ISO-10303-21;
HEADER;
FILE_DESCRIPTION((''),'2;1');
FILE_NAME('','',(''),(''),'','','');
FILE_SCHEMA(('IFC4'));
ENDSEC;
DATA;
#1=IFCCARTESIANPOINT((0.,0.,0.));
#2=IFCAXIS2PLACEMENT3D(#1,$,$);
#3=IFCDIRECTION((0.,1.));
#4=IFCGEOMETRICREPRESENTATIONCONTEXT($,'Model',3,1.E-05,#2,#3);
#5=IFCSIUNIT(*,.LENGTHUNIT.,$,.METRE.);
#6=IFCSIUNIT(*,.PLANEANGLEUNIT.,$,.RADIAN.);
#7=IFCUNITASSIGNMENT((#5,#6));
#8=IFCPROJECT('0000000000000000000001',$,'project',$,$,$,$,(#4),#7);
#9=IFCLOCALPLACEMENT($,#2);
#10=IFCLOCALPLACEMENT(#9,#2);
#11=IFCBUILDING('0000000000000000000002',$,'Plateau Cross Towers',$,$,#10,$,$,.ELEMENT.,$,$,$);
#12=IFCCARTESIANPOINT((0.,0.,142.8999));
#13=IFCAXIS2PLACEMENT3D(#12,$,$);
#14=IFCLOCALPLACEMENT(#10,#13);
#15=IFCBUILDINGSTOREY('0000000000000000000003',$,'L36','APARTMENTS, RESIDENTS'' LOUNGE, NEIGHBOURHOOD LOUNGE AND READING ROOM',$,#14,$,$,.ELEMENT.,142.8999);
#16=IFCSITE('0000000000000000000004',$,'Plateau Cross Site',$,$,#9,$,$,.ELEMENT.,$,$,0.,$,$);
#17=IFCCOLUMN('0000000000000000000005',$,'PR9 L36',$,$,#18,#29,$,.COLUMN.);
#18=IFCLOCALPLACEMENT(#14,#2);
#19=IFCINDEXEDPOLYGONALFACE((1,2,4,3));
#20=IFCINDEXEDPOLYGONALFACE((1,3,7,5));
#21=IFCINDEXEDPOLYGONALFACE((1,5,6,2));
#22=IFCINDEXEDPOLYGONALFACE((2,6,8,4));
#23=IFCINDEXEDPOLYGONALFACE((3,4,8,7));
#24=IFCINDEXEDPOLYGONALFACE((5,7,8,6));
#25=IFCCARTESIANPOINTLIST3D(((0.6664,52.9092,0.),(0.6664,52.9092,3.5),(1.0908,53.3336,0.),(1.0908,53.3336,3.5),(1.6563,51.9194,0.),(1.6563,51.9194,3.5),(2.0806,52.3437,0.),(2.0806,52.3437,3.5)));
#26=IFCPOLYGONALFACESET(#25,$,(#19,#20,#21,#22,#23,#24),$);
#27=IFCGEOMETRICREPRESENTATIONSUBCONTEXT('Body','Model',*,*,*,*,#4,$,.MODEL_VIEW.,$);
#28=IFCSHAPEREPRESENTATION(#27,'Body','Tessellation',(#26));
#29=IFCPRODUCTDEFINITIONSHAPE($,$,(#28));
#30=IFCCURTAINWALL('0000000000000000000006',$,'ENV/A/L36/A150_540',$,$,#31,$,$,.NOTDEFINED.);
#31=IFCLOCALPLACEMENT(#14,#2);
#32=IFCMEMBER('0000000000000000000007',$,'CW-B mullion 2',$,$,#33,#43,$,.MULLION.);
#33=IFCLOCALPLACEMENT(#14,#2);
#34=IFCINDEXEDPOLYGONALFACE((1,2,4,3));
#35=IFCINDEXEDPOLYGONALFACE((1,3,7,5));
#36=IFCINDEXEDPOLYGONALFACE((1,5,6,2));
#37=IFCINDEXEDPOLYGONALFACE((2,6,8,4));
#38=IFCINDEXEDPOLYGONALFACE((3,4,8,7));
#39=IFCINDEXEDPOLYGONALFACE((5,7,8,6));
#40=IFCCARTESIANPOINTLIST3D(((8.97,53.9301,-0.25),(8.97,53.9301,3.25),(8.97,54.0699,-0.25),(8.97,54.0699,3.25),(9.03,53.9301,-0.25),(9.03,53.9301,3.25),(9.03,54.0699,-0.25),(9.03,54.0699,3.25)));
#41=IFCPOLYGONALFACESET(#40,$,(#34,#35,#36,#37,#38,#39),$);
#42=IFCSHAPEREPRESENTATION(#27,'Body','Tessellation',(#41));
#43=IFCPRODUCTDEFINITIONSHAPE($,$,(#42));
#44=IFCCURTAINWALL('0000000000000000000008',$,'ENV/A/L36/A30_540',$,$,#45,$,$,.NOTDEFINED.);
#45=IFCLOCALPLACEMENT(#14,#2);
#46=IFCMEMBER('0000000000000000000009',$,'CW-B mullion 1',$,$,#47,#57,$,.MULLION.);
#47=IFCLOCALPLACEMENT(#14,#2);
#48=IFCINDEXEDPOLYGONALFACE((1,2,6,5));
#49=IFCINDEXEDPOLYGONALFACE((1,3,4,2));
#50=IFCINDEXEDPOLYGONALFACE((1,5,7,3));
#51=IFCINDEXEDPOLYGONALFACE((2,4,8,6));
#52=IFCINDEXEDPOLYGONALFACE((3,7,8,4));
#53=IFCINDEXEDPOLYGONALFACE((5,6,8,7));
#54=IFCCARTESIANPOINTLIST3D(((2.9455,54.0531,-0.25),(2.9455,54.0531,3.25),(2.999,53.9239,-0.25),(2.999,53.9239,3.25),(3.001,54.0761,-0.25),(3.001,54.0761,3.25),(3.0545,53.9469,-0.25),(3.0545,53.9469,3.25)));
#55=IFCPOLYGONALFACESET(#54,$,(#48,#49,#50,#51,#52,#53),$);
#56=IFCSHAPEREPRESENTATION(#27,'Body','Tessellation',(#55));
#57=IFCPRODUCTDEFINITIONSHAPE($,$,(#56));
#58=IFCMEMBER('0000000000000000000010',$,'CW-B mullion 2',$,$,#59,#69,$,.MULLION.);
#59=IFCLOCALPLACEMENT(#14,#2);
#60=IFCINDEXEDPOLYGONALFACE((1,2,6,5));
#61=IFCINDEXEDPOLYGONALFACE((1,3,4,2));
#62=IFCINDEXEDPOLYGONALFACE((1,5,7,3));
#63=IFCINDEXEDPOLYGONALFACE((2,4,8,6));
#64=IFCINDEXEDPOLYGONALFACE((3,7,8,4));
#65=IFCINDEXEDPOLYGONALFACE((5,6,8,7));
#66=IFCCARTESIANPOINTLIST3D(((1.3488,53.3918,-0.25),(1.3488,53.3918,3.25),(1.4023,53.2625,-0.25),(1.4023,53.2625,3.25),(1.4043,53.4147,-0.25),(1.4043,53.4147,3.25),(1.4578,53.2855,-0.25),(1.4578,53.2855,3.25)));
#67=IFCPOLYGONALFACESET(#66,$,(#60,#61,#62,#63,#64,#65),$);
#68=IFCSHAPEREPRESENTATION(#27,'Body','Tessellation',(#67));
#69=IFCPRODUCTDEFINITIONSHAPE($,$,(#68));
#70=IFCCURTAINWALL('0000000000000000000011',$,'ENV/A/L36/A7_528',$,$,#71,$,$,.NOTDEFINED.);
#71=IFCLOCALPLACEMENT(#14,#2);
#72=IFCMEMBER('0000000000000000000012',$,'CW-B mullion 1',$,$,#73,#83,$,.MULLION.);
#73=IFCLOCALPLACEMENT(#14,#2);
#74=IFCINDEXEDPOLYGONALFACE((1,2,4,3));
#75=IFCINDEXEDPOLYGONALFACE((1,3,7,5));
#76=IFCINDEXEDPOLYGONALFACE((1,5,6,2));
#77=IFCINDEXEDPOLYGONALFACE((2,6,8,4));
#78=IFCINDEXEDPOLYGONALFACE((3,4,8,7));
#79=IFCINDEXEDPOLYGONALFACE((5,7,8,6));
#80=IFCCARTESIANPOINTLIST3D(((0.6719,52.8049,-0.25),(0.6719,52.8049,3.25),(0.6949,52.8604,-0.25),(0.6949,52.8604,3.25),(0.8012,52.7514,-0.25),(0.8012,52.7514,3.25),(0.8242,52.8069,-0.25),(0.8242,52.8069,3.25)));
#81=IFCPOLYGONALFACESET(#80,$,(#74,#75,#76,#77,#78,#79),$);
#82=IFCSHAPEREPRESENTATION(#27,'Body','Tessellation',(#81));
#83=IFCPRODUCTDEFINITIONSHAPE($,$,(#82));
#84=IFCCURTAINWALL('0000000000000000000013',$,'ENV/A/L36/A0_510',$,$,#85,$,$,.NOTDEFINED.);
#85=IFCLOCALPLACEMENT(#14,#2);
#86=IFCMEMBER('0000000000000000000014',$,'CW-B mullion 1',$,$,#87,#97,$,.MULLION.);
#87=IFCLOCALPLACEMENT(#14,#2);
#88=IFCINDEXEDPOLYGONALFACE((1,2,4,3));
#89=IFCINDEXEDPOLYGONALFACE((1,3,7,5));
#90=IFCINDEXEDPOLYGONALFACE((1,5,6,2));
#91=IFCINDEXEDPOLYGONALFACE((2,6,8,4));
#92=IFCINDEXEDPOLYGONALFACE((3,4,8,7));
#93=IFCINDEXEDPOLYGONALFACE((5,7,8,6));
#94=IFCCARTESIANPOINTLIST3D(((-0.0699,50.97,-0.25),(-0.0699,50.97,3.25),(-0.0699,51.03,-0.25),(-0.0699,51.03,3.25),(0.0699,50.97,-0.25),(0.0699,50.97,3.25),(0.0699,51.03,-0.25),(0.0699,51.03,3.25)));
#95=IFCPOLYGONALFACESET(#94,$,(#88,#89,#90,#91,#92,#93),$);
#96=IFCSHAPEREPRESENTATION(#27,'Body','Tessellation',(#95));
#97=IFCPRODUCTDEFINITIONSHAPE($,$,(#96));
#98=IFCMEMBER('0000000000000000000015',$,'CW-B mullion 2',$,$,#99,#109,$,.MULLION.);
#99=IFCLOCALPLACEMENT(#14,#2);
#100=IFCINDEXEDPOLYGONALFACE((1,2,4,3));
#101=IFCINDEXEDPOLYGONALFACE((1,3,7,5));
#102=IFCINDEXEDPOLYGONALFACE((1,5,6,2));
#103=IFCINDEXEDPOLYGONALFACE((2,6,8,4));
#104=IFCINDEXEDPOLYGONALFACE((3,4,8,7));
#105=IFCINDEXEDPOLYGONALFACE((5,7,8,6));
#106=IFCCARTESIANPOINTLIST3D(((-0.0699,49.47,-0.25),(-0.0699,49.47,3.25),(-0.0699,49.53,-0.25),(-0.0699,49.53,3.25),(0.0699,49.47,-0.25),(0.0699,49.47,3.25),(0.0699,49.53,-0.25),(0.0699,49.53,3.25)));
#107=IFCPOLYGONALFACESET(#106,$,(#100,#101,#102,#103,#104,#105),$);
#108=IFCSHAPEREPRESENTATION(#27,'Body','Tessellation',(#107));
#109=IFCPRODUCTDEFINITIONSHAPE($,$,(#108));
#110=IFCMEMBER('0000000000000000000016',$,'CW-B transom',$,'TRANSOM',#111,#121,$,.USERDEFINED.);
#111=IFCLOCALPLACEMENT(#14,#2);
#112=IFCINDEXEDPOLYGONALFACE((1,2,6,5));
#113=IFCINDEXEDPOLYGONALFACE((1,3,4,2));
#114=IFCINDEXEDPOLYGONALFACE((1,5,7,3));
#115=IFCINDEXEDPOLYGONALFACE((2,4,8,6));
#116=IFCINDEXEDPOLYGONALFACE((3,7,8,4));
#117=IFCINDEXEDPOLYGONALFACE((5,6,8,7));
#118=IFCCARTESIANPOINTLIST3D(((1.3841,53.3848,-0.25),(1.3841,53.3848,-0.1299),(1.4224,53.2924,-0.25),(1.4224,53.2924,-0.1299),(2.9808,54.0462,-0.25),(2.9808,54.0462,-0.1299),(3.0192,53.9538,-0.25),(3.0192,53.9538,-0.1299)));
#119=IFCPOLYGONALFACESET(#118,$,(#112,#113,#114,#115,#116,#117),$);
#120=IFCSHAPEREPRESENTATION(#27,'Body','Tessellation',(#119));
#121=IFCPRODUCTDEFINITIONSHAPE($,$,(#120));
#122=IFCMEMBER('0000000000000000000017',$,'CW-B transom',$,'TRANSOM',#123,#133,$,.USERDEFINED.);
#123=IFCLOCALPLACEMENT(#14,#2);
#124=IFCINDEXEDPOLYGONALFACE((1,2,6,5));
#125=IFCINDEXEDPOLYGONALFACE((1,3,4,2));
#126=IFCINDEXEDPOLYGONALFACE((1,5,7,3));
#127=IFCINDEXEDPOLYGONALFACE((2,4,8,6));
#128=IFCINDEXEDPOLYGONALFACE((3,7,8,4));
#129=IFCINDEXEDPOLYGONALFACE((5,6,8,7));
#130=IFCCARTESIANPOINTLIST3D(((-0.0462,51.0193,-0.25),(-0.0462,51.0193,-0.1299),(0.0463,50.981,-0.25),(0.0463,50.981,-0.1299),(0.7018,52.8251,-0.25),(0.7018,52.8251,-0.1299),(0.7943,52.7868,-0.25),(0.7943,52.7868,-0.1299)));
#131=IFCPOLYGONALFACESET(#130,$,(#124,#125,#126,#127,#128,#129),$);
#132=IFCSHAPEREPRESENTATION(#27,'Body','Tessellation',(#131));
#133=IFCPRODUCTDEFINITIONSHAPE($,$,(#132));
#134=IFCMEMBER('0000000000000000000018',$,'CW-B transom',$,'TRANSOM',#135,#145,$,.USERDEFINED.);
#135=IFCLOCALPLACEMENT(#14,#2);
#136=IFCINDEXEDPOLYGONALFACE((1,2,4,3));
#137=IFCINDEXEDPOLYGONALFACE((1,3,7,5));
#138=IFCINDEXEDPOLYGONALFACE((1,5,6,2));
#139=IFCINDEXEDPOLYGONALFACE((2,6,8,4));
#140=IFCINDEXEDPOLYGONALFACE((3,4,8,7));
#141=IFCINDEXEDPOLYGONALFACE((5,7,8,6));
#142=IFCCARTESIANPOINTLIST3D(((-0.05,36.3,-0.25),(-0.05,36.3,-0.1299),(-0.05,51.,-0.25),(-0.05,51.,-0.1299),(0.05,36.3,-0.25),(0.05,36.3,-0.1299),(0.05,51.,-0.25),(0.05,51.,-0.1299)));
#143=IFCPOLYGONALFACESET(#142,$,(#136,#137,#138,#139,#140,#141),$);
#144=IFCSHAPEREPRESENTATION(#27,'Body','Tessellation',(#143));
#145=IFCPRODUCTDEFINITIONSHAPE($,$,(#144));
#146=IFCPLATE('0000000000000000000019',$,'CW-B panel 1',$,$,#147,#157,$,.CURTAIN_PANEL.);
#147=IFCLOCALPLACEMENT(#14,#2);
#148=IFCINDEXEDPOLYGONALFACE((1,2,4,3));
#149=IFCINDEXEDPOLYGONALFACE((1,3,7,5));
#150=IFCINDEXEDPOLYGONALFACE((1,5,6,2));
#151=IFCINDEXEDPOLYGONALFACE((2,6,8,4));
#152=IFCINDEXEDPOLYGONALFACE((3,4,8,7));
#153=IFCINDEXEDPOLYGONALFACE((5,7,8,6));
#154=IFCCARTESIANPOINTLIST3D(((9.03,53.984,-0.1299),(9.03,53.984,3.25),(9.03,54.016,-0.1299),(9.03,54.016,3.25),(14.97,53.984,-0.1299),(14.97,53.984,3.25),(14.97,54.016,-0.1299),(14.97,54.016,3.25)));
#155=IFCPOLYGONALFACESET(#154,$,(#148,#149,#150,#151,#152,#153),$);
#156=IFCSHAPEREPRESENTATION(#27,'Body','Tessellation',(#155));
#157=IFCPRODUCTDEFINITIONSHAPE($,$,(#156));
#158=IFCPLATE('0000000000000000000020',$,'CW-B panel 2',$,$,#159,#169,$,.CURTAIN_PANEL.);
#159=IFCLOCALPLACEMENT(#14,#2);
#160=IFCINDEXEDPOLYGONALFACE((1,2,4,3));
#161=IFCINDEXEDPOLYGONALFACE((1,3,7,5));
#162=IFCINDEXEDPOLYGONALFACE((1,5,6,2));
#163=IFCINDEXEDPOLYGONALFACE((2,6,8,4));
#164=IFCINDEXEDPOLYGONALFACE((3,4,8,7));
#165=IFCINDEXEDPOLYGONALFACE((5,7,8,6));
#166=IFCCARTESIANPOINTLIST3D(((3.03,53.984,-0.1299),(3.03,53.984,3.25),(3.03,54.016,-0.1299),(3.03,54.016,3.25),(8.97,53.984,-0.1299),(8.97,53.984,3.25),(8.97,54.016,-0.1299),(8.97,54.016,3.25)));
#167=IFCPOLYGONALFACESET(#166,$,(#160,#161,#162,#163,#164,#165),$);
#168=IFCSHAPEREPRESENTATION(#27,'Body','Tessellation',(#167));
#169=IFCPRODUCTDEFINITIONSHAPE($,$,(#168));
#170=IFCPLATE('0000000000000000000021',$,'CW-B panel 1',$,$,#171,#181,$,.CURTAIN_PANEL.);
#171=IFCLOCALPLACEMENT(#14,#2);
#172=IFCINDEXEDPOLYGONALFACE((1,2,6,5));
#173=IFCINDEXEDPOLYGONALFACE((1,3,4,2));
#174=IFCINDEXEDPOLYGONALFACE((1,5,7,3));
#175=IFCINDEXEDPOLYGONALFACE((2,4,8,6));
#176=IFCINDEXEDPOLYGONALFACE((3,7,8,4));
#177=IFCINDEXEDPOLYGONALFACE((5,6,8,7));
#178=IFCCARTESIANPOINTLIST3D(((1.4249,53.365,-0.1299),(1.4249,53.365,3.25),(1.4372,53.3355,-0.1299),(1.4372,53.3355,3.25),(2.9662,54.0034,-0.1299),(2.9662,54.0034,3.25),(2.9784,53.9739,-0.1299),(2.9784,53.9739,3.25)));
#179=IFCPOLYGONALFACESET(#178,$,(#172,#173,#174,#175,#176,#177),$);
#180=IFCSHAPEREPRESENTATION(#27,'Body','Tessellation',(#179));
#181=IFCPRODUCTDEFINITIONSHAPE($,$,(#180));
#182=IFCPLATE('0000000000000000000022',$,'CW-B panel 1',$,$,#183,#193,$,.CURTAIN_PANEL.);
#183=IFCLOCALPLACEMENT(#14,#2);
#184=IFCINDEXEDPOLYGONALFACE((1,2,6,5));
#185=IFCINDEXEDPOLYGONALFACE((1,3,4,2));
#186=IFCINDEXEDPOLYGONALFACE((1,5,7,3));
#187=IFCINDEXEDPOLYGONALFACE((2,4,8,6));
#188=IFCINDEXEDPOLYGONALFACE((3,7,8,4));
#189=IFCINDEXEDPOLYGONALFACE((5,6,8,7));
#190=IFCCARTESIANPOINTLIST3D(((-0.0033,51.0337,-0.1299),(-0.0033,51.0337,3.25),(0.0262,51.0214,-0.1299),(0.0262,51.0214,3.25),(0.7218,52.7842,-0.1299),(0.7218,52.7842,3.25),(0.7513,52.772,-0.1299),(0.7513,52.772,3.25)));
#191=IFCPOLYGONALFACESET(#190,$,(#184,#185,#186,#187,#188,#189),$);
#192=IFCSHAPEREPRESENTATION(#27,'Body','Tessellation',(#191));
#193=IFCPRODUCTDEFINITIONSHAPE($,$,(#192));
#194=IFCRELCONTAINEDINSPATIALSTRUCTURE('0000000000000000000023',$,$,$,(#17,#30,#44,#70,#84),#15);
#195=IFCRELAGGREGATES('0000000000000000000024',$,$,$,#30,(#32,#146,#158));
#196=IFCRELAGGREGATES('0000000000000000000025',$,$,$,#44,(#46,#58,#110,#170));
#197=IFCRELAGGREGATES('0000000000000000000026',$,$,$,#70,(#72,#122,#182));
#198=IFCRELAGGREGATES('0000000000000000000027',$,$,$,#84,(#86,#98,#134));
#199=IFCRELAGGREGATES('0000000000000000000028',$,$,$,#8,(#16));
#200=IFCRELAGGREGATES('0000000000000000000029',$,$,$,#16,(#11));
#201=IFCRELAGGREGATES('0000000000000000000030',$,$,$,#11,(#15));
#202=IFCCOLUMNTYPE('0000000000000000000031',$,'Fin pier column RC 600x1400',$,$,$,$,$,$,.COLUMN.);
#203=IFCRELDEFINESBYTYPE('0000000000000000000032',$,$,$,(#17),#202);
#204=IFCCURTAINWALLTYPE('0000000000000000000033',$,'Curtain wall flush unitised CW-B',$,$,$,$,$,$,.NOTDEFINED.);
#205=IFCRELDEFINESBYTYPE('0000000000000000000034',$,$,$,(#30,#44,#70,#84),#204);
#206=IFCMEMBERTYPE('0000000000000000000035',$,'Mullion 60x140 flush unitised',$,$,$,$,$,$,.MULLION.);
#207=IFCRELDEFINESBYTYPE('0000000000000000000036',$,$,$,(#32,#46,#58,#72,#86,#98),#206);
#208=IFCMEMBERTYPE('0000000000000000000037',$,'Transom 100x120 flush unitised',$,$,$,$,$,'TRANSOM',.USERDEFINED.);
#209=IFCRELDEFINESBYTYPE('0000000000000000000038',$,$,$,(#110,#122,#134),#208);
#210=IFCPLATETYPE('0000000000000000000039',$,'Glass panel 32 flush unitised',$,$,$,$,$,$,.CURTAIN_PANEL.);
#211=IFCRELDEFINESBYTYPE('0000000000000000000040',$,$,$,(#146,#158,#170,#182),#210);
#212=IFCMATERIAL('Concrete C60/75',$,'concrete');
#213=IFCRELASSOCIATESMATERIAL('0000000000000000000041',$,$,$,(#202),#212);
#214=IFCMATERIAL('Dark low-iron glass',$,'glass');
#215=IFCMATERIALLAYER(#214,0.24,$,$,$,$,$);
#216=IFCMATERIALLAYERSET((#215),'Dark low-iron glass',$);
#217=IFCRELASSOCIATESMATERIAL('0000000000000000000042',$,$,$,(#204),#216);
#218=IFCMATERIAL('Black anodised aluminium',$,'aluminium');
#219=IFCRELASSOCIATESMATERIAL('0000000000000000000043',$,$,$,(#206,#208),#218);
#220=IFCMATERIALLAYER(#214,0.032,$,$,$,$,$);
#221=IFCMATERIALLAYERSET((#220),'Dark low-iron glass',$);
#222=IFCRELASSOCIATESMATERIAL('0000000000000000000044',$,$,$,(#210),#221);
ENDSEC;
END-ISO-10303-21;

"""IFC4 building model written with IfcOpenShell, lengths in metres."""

from ifc_helpers import new_model, si_unit, direction, frame, origin, origin_2d, place, context, subcontext, project, spatial, rectangle, extrude, material, layer, layer_set, material_profile, profile_set, type_object, element, aggregate, save


model = new_model("IFC4")

# Units and contexts
model_context = context("Model", 3, precision=1e-05, world=origin(), true_north=direction((0.0, 1.0)))
body_context = subcontext(model_context, "Body", "Model", "MODEL_VIEW")
ifc_project = project(units=[si_unit("LENGTHUNIT", "METRE"), si_unit("PLANEANGLEUNIT", "RADIAN")], contexts=[model_context])

# Site, building, storey
site_placement = place(None, origin())
site = spatial("IfcSite", under=ifc_project, at=site_placement, Name="Plateau Cross Site", CompositionType="ELEMENT", RefElevation=0.0)
building_placement = place(site_placement, origin())
building = spatial("IfcBuilding", under=site, at=building_placement, Name="Plateau Cross Towers", CompositionType="ELEMENT")
storey_placement = place(building_placement, frame((0.0, 0.0, 142.8999)))
storey = spatial("IfcBuildingStorey", under=building, at=storey_placement, Name="L36", Description="APARTMENTS, RESIDENTS' LOUNGE, NEIGHBOURHOOD LOUNGE AND READING ROOM", CompositionType="ELEMENT", Elevation=142.8999)

# Column
ifc_material_1 = material(Name="Concrete C60/75", Category="concrete")
ifc_material_profile_1 = material_profile(ifc_material_1, rectangle(XDim=0.6001, YDim=1.3999, at=origin_2d()), Name="RC 600x1400")
ifc_profile_set_1 = profile_set([ifc_material_profile_1], Name="Concrete C60/75")
column_type = type_object("IfcColumnType", Name="Fin pier column RC 600x1400", PredefinedType="COLUMN", material=ifc_profile_set_1)
column_placement = place(storey_placement, frame((1.3735, 52.6265, 0.0), z_axis=(0.0, 0.0, 1.0), x_axis=(0.707107, 0.707107, 0.0)))
element("IfcColumn", 1, at=column_placement, inside=storey, type_object=column_type, Name="PR9 L36", PredefinedType="COLUMN", context=body_context, shape_type="SweptSolid", body=[
    extrude(rectangle(XDim=0.6001, YDim=1.3999, at=origin_2d()), origin(), (0.0, 0.0, 1.0), 3.5),
])

# Curtain wall, member
ifc_material_2 = material(Name="Dark low-iron glass", Category="glass")
ifc_layer_1 = layer(ifc_material_2, 0.24)
ifc_layer_set_1 = layer_set([ifc_layer_1], Name="Dark low-iron glass")
curtain_wall_type = type_object("IfcCurtainWallType", Name="Curtain wall flush unitised CW-B", PredefinedType="NOTDEFINED", material=ifc_layer_set_1)
curtain_wall_1_placement = place(storey_placement, origin())
curtain_wall_1 = element("IfcCurtainWall", 2, at=curtain_wall_1_placement, inside=storey, type_object=curtain_wall_type, Name="ENV/A/L36/A150_540", PredefinedType="NOTDEFINED")
ifc_material_3 = material(Name="Black anodised aluminium", Category="aluminium")
ifc_material_profile_2 = material_profile(ifc_material_3, rectangle(XDim=0.0601, YDim=0.1399, at=origin_2d()), Name="MULLION 60x140")
ifc_profile_set_2 = profile_set([ifc_material_profile_2], Name="Black anodised aluminium")
member_type_1 = type_object("IfcMemberType", Name="Mullion 60x140 flush unitised", PredefinedType="MULLION", material=ifc_profile_set_2)
member_1_placement = place(storey_placement, frame((9.0, 54.0, -0.25), z_axis=(0.0, 0.0, 1.0), x_axis=(-1.0, 0.0, 0.0)))
member_1 = element("IfcMember", 3, at=member_1_placement, type_object=member_type_1, Name="CW-B mullion 2", PredefinedType="MULLION", context=body_context, shape_type="SweptSolid", body=[
    extrude(rectangle(XDim=0.0601, YDim=0.1399, at=origin_2d()), origin(), (0.0, 0.0, 1.0), 3.5),
])

# Curtain wall, members
curtain_wall_2_placement = place(storey_placement, origin())
curtain_wall_2 = element("IfcCurtainWall", 4, at=curtain_wall_2_placement, inside=storey, type_object=curtain_wall_type, Name="ENV/A/L36/A30_540", PredefinedType="NOTDEFINED")
member_2_placement = place(storey_placement, frame((3.0, 54.0, -0.25), z_axis=(0.0, 0.0, 1.0), x_axis=(-0.923879, -0.382684, 0.0)))
member_2 = element("IfcMember", 5, at=member_2_placement, type_object=member_type_1, Name="CW-B mullion 1", PredefinedType="MULLION", context=body_context, shape_type="SweptSolid", body=[
    extrude(rectangle(XDim=0.0601, YDim=0.1399, at=origin_2d()), origin(), (0.0, 0.0, 1.0), 3.5),
])
member_3_placement = place(storey_placement, frame((1.4033, 53.3386, -0.25), z_axis=(0.0, 0.0, 1.0), x_axis=(-0.923879, -0.382684, 0.0)))
member_3 = element("IfcMember", 6, at=member_3_placement, type_object=member_type_1, Name="CW-B mullion 2", PredefinedType="MULLION", context=body_context, shape_type="SweptSolid", body=[
    extrude(rectangle(XDim=0.0601, YDim=0.1399, at=origin_2d()), origin(), (0.0, 0.0, 1.0), 3.5),
])

# Curtain wall, member
curtain_wall_3_placement = place(storey_placement, origin())
curtain_wall_3 = element("IfcCurtainWall", 7, at=curtain_wall_3_placement, inside=storey, type_object=curtain_wall_type, Name="ENV/A/L36/A7_528", PredefinedType="NOTDEFINED")
member_4_placement = place(storey_placement, frame((0.748, 52.8059, -0.25), z_axis=(0.0, 0.0, 1.0), x_axis=(-0.382684, -0.923879, 0.0)))
member_4 = element("IfcMember", 8, at=member_4_placement, type_object=member_type_1, Name="CW-B mullion 1", PredefinedType="MULLION", context=body_context, shape_type="SweptSolid", body=[
    extrude(rectangle(XDim=0.0601, YDim=0.1399, at=origin_2d()), origin(), (0.0, 0.0, 1.0), 3.5),
])

# Curtain wall, members
curtain_wall_4_placement = place(storey_placement, origin())
curtain_wall_4 = element("IfcCurtainWall", 9, at=curtain_wall_4_placement, inside=storey, type_object=curtain_wall_type, Name="ENV/A/L36/A0_510", PredefinedType="NOTDEFINED")
member_5_placement = place(storey_placement, frame((0.0, 51.0, -0.25), z_axis=(0.0, 0.0, 1.0), x_axis=(0.0, -1.0, 0.0)))
member_5 = element("IfcMember", 10, at=member_5_placement, type_object=member_type_1, Name="CW-B mullion 1", PredefinedType="MULLION", context=body_context, shape_type="SweptSolid", body=[
    extrude(rectangle(XDim=0.0601, YDim=0.1399, at=origin_2d()), origin(), (0.0, 0.0, 1.0), 3.5),
])
member_6_placement = place(storey_placement, frame((0.0, 49.5, -0.25), z_axis=(0.0, 0.0, 1.0), x_axis=(0.0, -1.0, 0.0)))
member_6 = element("IfcMember", 11, at=member_6_placement, type_object=member_type_1, Name="CW-B mullion 2", PredefinedType="MULLION", context=body_context, shape_type="SweptSolid", body=[
    extrude(rectangle(XDim=0.0601, YDim=0.1399, at=origin_2d()), origin(), (0.0, 0.0, 1.0), 3.5),
])

# Members
ifc_material_profile_3 = material_profile(ifc_material_3, rectangle(XDim=0.1001, YDim=0.1201, at=origin_2d()), Name="TRANSOM 100x120")
ifc_profile_set_3 = profile_set([ifc_material_profile_3], Name="Black anodised aluminium")
member_type_2 = type_object("IfcMemberType", Name="Transom 100x120 flush unitised", ElementType="TRANSOM", PredefinedType="USERDEFINED", material=ifc_profile_set_3)
member_7_placement = place(storey_placement, frame((3.0, 54.0, -0.1899), z_axis=(-0.923877, -0.382689, 0.0), x_axis=(0.382689, -0.923877, 0.0)))
member_7 = element("IfcMember", 12, at=member_7_placement, type_object=member_type_2, Name="CW-B transom", ObjectType="TRANSOM", PredefinedType="USERDEFINED", context=body_context, shape_type="SweptSolid", body=[
    extrude(rectangle(XDim=0.1001, YDim=0.1201, at=origin_2d()), origin(), (0.0, 0.0, 1.0), 1.7283),
])
member_8_placement = place(storey_placement, frame((0.748, 52.8059, -0.1899), z_axis=(-0.38269, -0.923877, 0.0), x_axis=(0.923877, -0.38269, 0.0)))
member_8 = element("IfcMember", 13, at=member_8_placement, type_object=member_type_2, Name="CW-B transom", ObjectType="TRANSOM", PredefinedType="USERDEFINED", context=body_context, shape_type="SweptSolid", body=[
    extrude(rectangle(XDim=0.1001, YDim=0.1201, at=origin_2d()), origin(), (0.0, 0.0, 1.0), 1.9546),
])
member_9_placement = place(storey_placement, frame((0.0, 51.0, -0.1899), z_axis=(0.0, -1.0, 0.0), x_axis=(1.0, 0.0, 0.0)))
member_9 = element("IfcMember", 14, at=member_9_placement, type_object=member_type_2, Name="CW-B transom", ObjectType="TRANSOM", PredefinedType="USERDEFINED", context=body_context, shape_type="SweptSolid", body=[
    extrude(rectangle(XDim=0.1001, YDim=0.1201, at=origin_2d()), origin(), (0.0, 0.0, 1.0), 14.7),
])

# Plates
ifc_layer_2 = layer(ifc_material_2, 0.032)
ifc_layer_set_2 = layer_set([ifc_layer_2], Name="Dark low-iron glass")
plate_type = type_object("IfcPlateType", Name="Glass panel 32 flush unitised", PredefinedType="CURTAIN_PANEL", material=ifc_layer_set_2)
plate_1_placement = place(storey_placement, frame((12.0, 54.0, -0.1299), z_axis=(0.0, 0.0, 1.0), x_axis=(-1.0, 0.0, 0.0)))
plate_1 = element("IfcPlate", 15, at=plate_1_placement, type_object=plate_type, Name="CW-B panel 1", PredefinedType="CURTAIN_PANEL", context=body_context, shape_type="SweptSolid", body=[
    extrude(rectangle(XDim=5.9399, YDim=0.032, at=origin_2d()), origin(), (0.0, 0.0, 1.0), 3.3799),
])
plate_2_placement = place(storey_placement, frame((6.0, 54.0, -0.1299), z_axis=(0.0, 0.0, 1.0), x_axis=(-1.0, 0.0, 0.0)))
plate_2 = element("IfcPlate", 16, at=plate_2_placement, type_object=plate_type, Name="CW-B panel 2", PredefinedType="CURTAIN_PANEL", context=body_context, shape_type="SweptSolid", body=[
    extrude(rectangle(XDim=5.9399, YDim=0.032, at=origin_2d()), origin(), (0.0, 0.0, 1.0), 3.3799),
])
aggregate(curtain_wall_1, [member_1, plate_1, plate_2])
plate_3_placement = place(storey_placement, frame((2.2017, 53.6694, -0.1299), z_axis=(0.0, 0.0, 1.0), x_axis=(-0.923879, -0.382684, 0.0)))
plate_3 = element("IfcPlate", 17, at=plate_3_placement, type_object=plate_type, Name="CW-B panel 1", PredefinedType="CURTAIN_PANEL", context=body_context, shape_type="SweptSolid", body=[
    extrude(rectangle(XDim=1.6682, YDim=0.032, at=origin_2d()), origin(), (0.0, 0.0, 1.0), 3.3799),
])
aggregate(curtain_wall_2, [member_2, member_3, member_7, plate_3])
plate_4_placement = place(storey_placement, frame((0.374, 51.9028, -0.1299), z_axis=(0.0, 0.0, 1.0), x_axis=(-0.382684, -0.923879, 0.0)))
plate_4 = element("IfcPlate", 18, at=plate_4_placement, type_object=plate_type, Name="CW-B panel 1", PredefinedType="CURTAIN_PANEL", context=body_context, shape_type="SweptSolid", body=[
    extrude(rectangle(XDim=1.8948, YDim=0.032, at=origin_2d()), origin(), (0.0, 0.0, 1.0), 3.3799),
])
aggregate(curtain_wall_3, [member_4, member_8, plate_4])
aggregate(curtain_wall_4, [member_5, member_6, member_9])

save(model, "model.ifc")
